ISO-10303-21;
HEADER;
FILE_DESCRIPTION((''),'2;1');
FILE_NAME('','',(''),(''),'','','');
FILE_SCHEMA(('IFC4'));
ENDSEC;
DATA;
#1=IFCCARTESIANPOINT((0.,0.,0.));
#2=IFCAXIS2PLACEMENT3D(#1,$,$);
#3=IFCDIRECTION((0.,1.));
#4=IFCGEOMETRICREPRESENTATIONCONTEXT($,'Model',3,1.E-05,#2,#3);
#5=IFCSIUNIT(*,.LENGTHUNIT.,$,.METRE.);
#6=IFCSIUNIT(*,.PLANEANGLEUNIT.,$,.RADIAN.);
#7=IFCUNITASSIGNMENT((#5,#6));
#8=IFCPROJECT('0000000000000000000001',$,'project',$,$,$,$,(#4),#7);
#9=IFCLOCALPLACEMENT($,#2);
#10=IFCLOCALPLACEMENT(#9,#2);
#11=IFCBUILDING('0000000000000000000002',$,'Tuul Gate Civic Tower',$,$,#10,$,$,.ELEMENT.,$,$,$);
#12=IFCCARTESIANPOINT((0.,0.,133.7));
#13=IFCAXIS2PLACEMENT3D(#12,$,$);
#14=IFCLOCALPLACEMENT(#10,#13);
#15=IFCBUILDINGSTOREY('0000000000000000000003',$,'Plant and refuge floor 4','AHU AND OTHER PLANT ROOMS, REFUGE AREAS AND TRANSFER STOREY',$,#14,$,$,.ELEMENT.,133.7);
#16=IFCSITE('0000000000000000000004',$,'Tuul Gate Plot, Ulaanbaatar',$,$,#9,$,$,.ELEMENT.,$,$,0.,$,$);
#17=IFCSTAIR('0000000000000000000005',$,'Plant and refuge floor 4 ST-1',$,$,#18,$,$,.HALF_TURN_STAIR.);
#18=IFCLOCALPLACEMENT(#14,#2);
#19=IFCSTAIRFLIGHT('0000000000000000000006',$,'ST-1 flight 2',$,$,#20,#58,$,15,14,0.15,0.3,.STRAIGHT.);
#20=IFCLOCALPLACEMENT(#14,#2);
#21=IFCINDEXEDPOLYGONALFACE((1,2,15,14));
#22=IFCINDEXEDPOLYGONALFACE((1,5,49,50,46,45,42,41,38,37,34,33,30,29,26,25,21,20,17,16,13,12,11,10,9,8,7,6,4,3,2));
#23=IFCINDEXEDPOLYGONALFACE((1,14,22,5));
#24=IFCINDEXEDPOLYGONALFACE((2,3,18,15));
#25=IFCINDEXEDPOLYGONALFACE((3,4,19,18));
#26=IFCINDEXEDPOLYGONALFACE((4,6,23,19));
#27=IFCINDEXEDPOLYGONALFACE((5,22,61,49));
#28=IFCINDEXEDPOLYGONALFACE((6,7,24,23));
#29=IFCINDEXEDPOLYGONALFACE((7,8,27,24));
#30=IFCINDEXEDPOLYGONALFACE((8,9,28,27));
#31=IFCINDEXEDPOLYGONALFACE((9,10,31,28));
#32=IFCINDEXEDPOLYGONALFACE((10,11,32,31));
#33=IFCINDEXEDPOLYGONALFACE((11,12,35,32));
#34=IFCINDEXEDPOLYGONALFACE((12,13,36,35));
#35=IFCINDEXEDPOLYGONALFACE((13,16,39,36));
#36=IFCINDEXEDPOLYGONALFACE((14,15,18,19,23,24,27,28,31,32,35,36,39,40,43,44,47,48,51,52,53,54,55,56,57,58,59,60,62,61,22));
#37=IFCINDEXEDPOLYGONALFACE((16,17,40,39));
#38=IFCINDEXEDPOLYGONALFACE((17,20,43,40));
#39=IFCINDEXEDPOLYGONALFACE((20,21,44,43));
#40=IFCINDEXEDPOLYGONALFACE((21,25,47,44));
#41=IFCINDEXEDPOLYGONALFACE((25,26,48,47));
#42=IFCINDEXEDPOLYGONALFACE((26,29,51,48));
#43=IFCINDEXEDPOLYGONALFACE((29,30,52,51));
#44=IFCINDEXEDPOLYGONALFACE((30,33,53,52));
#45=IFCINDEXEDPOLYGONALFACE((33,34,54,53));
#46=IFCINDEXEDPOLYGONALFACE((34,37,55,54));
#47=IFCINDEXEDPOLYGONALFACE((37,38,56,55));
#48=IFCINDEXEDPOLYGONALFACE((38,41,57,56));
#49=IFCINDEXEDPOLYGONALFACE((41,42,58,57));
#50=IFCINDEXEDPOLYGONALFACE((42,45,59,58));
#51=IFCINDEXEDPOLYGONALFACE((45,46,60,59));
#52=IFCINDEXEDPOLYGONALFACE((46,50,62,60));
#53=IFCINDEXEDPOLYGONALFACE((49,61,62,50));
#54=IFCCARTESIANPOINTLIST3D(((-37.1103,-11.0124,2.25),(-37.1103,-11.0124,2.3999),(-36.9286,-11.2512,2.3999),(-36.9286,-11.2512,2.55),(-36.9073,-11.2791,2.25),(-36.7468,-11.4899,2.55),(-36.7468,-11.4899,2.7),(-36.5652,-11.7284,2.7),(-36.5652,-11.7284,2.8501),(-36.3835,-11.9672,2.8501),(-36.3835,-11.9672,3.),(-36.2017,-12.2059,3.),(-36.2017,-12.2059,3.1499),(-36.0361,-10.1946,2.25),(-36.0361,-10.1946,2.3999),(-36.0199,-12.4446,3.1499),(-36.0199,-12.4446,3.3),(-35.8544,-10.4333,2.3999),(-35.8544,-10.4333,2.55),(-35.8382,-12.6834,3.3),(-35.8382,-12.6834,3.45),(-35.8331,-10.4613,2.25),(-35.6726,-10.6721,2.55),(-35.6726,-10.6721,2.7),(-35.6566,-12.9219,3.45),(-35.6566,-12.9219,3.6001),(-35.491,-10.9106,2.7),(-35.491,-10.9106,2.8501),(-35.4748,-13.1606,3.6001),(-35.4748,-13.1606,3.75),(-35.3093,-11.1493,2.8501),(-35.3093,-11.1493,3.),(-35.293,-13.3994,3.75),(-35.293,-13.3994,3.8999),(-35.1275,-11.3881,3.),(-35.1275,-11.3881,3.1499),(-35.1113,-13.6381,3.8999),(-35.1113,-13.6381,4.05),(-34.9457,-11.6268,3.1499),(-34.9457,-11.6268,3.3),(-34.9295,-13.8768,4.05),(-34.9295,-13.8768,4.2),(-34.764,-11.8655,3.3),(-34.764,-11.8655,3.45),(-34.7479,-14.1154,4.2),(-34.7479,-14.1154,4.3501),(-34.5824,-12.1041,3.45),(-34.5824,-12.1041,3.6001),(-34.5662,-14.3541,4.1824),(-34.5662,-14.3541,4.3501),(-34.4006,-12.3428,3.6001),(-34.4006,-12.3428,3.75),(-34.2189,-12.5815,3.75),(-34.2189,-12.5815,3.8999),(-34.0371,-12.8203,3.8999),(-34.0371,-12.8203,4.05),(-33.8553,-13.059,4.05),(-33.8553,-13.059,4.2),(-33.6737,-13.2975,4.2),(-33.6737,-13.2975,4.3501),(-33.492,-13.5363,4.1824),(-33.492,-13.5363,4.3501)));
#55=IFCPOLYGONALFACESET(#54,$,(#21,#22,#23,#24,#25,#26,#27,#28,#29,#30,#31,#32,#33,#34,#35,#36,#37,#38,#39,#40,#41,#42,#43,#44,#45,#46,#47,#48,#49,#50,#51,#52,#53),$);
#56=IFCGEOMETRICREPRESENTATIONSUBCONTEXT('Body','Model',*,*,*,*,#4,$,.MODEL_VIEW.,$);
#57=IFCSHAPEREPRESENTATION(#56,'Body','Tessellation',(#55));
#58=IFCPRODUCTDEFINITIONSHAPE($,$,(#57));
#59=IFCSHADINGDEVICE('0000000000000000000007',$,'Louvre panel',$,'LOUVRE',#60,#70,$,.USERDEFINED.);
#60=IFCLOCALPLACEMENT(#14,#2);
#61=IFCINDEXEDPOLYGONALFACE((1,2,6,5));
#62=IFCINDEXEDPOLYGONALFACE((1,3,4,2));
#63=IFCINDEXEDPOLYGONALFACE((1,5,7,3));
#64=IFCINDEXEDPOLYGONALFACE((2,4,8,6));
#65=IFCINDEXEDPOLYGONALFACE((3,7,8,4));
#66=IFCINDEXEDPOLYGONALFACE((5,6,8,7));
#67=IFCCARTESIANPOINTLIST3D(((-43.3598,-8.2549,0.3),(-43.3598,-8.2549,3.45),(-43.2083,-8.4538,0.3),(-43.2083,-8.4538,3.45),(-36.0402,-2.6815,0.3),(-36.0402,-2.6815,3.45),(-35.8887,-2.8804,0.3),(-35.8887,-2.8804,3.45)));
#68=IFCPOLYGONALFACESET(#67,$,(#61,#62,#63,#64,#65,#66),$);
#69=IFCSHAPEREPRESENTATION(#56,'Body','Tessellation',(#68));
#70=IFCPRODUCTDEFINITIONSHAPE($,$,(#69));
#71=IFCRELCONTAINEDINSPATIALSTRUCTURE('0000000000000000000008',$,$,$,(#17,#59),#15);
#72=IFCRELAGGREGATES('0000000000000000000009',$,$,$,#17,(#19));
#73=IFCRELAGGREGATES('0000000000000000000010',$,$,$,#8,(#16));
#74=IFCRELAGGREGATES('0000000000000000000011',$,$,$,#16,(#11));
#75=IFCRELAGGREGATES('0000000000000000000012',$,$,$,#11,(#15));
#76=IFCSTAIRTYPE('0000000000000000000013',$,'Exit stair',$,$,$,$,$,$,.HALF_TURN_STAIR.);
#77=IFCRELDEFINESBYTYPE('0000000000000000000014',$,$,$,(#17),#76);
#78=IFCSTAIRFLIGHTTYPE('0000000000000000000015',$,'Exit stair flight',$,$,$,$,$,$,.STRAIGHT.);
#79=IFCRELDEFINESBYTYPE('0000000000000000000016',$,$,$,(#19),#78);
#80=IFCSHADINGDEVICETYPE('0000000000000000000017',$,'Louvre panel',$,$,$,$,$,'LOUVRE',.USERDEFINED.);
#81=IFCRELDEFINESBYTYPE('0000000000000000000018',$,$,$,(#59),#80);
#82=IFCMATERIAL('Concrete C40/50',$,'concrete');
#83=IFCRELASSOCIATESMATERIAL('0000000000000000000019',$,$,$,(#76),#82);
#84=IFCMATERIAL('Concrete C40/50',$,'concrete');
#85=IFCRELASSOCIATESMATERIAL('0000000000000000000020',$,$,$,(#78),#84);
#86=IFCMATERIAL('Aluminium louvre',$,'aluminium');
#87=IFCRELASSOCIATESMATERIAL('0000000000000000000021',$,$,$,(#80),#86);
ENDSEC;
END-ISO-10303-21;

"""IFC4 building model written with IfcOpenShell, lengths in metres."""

from ifc_helpers import new_model, si_unit, direction, frame, origin, origin_2d, place, context, subcontext, project, spatial, polyline, rectangle, outline, extrude, material, type_object, element, aggregate, save


model = new_model("IFC4")

# Units and contexts
model_context = context("Model", 3, precision=1e-05, world=origin(), true_north=direction((0.0, 1.0)))
body_context = subcontext(model_context, "Body", "Model", "MODEL_VIEW")
ifc_project = project(units=[si_unit("LENGTHUNIT", "METRE"), si_unit("PLANEANGLEUNIT", "RADIAN")], contexts=[model_context])

# Site, building, storey
site_placement = place(None, origin())
site = spatial("IfcSite", under=ifc_project, at=site_placement, Name="Tuul Gate Plot, Ulaanbaatar", CompositionType="ELEMENT", RefElevation=0.0)
building_placement = place(site_placement, origin())
building = spatial("IfcBuilding", under=site, at=building_placement, Name="Tuul Gate Civic Tower", CompositionType="ELEMENT")
storey_placement = place(building_placement, frame((0.0, 0.0, 133.7)))
storey = spatial("IfcBuildingStorey", under=building, at=storey_placement, Name="Plant and refuge floor 4", Description="AHU AND OTHER PLANT ROOMS, REFUGE AREAS AND TRANSFER STOREY", CompositionType="ELEMENT", Elevation=133.7)

# Stair, stair flight
ifc_material_1 = material(Name="Concrete C40/50", Category="concrete")
stair_type = type_object("IfcStairType", Name="Exit stair", PredefinedType="HALF_TURN_STAIR", material=ifc_material_1)
stair_placement = place(storey_placement, origin())
stair = element("IfcStair", 1, at=stair_placement, inside=storey, type_object=stair_type, Name="Plant and refuge floor 4 ST-1", PredefinedType="HALF_TURN_STAIR")
ifc_material_2 = material(Name="Concrete C40/50", Category="concrete")
stair_flight_type = type_object("IfcStairFlightType", Name="Exit stair flight", PredefinedType="STRAIGHT", material=ifc_material_2)
stair_flight_placement = place(storey_placement, frame((-36.5732, -10.6035, 2.25), z_axis=(0.0, 0.0, 1.0), x_axis=(0.605764, -0.795644, 0.0)))
stair_flight = element("IfcStairFlight", 2, at=stair_flight_placement, type_object=stair_flight_type, Name="ST-1 flight 2", NumberOfRisers=15, NumberOfTreads=14, PredefinedType="STRAIGHT", RiserHeight=0.15, TreadLength=0.3, context=body_context, shape_type="SweptSolid", body=[
    extrude(outline(polyline([(0.0, 0.0), (0.0, 0.1499), (0.3, 0.1499), (0.3, 0.3), (0.6001, 0.3), (0.6001, 0.45), (0.8999, 0.45), (0.8999, 0.6001), (1.2, 0.6001), (1.2, 0.75), (1.5, 0.75), (1.5, 0.8999), (1.8, 0.8999), (1.8, 1.05), (2.1001, 1.05), (2.1001, 1.2), (2.3999, 1.2), (2.3999, 1.3501), (2.7, 1.3501), (2.7, 1.5), (3.0, 1.5), (3.0, 1.6499), (3.3, 1.6499), (3.3, 1.8), (3.6001, 1.8), (3.6001, 1.95), (3.8999, 1.95), (3.8999, 2.1001), (4.2, 2.1001), (4.2, 2.25), (4.2, 1.9324), (0.3352, 0.0), (0.0, 0.0)])), frame((0.0, 0.675, 0.0), z_axis=(0.0, -1.0, 0.0), x_axis=(1.0, 0.0, 0.0)), (0.0, 0.0, 1.0), 1.3501),
])
aggregate(stair, [stair_flight])

# Shading device
ifc_material_3 = material(Name="Aluminium louvre", Category="aluminium")
shading_device_type = type_object("IfcShadingDeviceType", Name="Louvre panel", ElementType="LOUVRE", PredefinedType="USERDEFINED", material=ifc_material_3)
shading_device_placement = place(storey_placement, frame((-39.6243, -5.5676, 0.3), z_axis=(0.0, 0.0, 1.0), x_axis=(-0.605808, 0.795611, 0.0)))
element("IfcShadingDevice", 3, at=shading_device_placement, inside=storey, type_object=shading_device_type, Name="Louvre panel", ObjectType="LOUVRE", PredefinedType="USERDEFINED", context=body_context, shape_type="SweptSolid", body=[
    extrude(rectangle(XDim=0.25, YDim=9.2, at=origin_2d()), origin(), (0.0, 0.0, 1.0), 3.1499),
])

save(model, "model.ifc")
